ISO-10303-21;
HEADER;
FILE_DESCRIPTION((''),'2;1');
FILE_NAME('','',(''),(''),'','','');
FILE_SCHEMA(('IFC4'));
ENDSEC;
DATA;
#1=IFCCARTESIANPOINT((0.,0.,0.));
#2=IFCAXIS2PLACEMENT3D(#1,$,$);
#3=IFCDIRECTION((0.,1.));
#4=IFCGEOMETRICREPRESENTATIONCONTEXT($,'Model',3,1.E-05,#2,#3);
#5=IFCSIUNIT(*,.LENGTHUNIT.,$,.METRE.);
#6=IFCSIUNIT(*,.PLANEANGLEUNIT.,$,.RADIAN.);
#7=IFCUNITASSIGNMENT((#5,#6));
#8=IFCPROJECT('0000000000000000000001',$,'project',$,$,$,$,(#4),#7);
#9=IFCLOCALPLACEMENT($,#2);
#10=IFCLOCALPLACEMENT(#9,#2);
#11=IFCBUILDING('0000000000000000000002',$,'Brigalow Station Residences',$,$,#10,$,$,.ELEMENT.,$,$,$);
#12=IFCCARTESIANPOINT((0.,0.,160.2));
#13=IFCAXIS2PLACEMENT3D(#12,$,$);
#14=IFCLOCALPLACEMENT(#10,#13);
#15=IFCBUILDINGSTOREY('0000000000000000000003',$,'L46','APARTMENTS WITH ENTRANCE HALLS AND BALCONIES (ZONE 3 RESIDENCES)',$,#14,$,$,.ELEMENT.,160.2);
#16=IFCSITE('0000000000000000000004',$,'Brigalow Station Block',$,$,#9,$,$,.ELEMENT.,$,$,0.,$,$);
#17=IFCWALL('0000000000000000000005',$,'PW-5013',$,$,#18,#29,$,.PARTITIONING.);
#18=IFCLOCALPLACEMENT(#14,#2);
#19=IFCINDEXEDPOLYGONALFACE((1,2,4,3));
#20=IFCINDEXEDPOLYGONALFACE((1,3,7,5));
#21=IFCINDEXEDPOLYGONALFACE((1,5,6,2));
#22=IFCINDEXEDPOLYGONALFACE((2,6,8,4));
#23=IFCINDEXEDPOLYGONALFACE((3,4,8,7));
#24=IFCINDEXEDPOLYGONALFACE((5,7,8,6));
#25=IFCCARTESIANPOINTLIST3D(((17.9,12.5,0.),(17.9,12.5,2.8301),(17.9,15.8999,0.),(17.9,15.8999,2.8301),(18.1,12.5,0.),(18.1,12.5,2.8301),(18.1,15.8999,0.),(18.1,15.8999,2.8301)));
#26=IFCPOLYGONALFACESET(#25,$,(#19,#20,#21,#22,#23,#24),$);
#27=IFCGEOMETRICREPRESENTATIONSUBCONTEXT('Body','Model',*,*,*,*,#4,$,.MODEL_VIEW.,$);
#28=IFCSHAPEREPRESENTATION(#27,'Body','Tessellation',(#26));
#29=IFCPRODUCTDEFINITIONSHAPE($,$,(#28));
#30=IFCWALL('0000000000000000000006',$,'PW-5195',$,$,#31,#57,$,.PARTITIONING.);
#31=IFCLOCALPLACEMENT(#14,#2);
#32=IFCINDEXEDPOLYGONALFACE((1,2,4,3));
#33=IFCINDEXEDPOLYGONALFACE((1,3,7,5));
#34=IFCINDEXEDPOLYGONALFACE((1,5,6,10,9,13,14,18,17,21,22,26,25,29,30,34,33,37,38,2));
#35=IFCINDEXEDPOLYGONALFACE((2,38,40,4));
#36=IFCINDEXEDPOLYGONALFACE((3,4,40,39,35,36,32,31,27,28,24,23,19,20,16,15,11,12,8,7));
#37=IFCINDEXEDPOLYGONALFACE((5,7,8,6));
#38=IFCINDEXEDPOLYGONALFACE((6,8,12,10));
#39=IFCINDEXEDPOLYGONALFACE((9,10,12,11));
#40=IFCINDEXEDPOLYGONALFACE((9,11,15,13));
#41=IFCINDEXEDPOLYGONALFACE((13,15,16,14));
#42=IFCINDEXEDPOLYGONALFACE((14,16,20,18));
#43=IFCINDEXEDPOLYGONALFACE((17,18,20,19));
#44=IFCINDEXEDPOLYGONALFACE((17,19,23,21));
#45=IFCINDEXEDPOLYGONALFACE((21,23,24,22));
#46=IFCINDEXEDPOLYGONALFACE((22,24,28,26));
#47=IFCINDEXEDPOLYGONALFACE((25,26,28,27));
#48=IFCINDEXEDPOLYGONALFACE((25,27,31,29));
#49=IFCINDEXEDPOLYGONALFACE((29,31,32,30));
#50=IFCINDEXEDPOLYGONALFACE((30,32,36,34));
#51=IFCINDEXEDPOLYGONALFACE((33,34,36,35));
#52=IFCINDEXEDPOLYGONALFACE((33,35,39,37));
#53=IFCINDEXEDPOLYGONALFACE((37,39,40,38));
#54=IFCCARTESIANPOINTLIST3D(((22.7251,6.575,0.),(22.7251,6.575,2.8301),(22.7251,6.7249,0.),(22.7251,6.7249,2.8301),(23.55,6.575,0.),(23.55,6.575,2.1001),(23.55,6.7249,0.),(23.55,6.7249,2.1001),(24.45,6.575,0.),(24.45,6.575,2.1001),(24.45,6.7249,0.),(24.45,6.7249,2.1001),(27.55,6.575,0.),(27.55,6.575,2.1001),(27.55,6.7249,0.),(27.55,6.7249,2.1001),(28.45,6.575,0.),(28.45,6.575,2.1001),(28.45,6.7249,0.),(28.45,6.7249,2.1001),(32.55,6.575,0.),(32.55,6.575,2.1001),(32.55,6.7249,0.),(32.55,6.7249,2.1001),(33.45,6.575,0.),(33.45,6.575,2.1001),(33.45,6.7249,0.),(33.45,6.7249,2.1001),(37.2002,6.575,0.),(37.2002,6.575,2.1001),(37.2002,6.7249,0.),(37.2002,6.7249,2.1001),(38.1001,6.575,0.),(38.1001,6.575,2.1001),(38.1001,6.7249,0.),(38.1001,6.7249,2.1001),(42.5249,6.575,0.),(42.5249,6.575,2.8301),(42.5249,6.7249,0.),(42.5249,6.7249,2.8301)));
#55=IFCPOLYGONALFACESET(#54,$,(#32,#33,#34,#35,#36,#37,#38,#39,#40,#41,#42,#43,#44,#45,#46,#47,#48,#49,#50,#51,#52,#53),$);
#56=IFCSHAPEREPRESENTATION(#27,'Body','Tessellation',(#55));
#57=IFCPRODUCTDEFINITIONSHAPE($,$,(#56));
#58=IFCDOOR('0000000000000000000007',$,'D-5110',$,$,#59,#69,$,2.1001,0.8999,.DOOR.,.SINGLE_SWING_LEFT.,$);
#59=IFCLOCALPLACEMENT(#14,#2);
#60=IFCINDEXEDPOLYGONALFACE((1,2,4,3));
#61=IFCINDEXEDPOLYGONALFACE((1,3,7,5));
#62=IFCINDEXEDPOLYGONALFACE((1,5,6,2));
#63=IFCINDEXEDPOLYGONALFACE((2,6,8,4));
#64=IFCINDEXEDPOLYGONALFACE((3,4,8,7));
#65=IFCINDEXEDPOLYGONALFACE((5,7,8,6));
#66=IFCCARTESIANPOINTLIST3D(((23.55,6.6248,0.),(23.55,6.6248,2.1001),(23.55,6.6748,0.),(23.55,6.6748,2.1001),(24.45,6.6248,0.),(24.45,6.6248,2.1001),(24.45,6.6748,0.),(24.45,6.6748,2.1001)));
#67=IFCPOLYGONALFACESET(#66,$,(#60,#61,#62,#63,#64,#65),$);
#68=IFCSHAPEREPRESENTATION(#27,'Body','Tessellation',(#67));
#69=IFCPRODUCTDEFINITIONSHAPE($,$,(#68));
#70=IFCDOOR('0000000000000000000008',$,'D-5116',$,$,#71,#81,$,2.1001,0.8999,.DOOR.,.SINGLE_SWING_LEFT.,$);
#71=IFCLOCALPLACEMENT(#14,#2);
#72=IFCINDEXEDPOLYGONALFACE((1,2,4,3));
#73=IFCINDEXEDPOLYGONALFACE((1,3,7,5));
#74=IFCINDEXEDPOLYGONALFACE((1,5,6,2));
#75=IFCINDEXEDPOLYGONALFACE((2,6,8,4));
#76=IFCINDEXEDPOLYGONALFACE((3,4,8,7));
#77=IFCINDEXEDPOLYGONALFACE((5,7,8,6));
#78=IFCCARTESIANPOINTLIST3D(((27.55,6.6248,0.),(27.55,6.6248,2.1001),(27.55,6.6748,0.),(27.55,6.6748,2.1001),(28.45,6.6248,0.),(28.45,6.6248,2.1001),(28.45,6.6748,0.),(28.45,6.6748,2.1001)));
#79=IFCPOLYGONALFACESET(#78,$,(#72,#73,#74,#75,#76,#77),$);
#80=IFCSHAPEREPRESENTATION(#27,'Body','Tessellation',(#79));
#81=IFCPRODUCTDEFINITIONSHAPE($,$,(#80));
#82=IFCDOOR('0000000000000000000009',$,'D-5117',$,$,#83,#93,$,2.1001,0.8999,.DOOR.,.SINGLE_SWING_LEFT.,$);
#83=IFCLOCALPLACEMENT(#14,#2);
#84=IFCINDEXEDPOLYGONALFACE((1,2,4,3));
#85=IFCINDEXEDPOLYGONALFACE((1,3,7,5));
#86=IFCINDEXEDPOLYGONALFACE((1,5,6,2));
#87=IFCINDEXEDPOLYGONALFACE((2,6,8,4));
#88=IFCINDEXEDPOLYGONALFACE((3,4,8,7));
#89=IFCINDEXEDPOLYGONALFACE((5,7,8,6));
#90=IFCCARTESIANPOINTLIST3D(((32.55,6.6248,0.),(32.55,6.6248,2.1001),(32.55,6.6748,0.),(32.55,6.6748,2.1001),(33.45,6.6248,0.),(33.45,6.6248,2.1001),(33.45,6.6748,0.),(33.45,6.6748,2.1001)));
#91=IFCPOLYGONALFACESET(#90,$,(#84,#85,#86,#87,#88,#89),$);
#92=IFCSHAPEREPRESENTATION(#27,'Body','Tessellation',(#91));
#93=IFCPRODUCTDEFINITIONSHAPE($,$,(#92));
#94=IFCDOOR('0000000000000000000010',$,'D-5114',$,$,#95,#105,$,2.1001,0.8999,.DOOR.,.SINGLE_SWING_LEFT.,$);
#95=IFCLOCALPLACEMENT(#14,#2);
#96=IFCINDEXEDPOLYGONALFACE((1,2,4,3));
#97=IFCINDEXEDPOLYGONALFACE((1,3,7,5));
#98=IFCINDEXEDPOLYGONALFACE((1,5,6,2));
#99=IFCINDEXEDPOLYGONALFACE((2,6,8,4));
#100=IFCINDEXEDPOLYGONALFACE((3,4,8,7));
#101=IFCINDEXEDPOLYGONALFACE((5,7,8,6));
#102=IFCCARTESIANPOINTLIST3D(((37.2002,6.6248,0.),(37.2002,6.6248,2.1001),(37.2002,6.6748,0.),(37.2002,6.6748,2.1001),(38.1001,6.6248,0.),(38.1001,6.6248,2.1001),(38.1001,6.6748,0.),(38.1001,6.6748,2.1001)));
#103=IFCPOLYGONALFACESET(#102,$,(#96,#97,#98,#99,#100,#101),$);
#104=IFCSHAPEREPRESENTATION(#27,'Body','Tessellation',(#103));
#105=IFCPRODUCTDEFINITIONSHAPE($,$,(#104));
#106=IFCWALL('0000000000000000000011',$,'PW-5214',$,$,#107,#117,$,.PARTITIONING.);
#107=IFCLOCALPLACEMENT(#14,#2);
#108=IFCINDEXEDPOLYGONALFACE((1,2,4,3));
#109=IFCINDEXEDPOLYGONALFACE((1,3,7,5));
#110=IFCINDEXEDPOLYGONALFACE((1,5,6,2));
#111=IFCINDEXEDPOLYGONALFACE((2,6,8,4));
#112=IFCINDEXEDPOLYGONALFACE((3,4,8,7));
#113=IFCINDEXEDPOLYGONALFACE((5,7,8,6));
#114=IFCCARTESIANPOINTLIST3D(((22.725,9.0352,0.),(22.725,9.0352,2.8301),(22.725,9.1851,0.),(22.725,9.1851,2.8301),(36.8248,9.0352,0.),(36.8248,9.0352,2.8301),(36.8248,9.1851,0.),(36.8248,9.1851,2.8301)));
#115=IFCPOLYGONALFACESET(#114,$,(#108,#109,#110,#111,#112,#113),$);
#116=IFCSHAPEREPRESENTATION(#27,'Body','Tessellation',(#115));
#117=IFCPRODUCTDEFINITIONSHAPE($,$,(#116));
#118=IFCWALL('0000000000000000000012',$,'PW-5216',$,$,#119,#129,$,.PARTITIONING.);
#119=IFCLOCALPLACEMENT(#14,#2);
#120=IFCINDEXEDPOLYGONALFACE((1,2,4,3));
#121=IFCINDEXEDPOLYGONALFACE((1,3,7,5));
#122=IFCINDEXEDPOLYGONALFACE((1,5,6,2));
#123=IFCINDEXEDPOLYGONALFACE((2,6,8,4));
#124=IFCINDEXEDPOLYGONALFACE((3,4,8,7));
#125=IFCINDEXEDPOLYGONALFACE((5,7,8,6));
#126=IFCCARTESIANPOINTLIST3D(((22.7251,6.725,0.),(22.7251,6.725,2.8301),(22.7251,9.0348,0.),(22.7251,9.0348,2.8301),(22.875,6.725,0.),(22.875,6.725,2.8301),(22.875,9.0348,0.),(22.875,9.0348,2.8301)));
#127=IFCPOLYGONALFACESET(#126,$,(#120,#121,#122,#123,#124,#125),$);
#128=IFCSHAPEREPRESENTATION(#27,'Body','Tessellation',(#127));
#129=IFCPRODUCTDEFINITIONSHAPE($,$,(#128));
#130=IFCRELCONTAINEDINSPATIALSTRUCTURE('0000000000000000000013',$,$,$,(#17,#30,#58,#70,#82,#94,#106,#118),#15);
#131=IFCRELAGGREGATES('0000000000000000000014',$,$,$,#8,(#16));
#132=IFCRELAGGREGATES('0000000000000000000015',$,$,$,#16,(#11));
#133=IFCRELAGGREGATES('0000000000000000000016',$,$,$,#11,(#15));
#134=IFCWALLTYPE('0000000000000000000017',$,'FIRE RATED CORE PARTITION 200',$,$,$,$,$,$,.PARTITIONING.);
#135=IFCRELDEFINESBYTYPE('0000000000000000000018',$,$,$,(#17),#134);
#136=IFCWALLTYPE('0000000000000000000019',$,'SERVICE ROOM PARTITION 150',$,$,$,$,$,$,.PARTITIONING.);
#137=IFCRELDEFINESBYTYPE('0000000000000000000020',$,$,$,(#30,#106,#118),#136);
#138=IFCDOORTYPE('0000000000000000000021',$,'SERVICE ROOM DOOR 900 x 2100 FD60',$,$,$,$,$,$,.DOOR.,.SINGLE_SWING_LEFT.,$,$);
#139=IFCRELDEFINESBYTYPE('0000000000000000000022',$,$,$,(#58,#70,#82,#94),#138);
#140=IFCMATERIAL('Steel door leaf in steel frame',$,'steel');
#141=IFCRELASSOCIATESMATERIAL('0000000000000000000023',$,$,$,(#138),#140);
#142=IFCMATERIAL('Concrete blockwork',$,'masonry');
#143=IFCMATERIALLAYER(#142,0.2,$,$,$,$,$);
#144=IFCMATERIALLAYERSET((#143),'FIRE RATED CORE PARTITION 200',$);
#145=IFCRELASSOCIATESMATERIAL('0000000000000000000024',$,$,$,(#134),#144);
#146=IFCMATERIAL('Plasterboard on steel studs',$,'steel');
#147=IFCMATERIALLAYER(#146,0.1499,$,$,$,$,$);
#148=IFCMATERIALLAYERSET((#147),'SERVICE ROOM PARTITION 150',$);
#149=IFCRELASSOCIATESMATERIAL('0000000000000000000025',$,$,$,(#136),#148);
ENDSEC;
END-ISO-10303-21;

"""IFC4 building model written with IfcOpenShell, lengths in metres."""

from ifc_helpers import new_model, si_unit, direction, frame, frame_2d, origin, place, context, subcontext, project, spatial, rectangle, extrude, material, layer, layer_set, type_object, element, fill, save


model = new_model("IFC4")

# Units and contexts
model_context = context("Model", 3, precision=1e-05, world=origin(), true_north=direction((0.0, 1.0)))
body_context = subcontext(model_context, "Body", "Model", "MODEL_VIEW")
ifc_project = project(units=[si_unit("LENGTHUNIT", "METRE"), si_unit("PLANEANGLEUNIT", "RADIAN")], contexts=[model_context])

# Site, building, storey
site_placement = place(None, origin())
site = spatial("IfcSite", under=ifc_project, at=site_placement, Name="Brigalow Station Block", CompositionType="ELEMENT", RefElevation=0.0)
building_placement = place(site_placement, origin())
building = spatial("IfcBuilding", under=site, at=building_placement, Name="Brigalow Station Residences", CompositionType="ELEMENT")
storey_placement = place(building_placement, frame((0.0, 0.0, 160.2)))
storey = spatial("IfcBuildingStorey", under=building, at=storey_placement, Name="L46", Description="APARTMENTS WITH ENTRANCE HALLS AND BALCONIES (ZONE 3 RESIDENCES)", CompositionType="ELEMENT", Elevation=160.2)

# Shared definitions
ifc_material_1 = material(Name="Steel door leaf in steel frame", Category="steel")
door_type_1 = type_object("IfcDoorType", Name="SERVICE ROOM DOOR 900 x 2100 FD60", OperationType="SINGLE_SWING_LEFT", PredefinedType="DOOR", material=ifc_material_1)

# Wall
ifc_material_2 = material(Name="Concrete blockwork", Category="masonry")
ifc_layer_1 = layer(ifc_material_2, 0.2)
ifc_layer_set_1 = layer_set([ifc_layer_1], Name="FIRE RATED CORE PARTITION 200")
wall_type_1 = type_object("IfcWallType", Name="FIRE RATED CORE PARTITION 200", PredefinedType="PARTITIONING", material=ifc_layer_set_1)
wall_1_placement = place(storey_placement, frame((18.0, 12.5, 0.0), z_axis=(0.0, 0.0, 1.0), x_axis=(0.0, 1.0, 0.0)))
element("IfcWall", 1, at=wall_1_placement, inside=storey, type_object=wall_type_1, Name="PW-5013", PredefinedType="PARTITIONING", context=body_context, shape_type="SweptSolid", body=[
    extrude(rectangle(XDim=3.3999, YDim=0.2, at=frame_2d((1.7, 0.0))), origin(), (0.0, 0.0, 1.0), 2.8301),
])

# Wall, openings, doors
ifc_material_3 = material(Name="Plasterboard on steel studs", Category="steel")
ifc_layer_2 = layer(ifc_material_3, 0.1499)
ifc_layer_set_2 = layer_set([ifc_layer_2], Name="SERVICE ROOM PARTITION 150")
wall_type_2 = type_object("IfcWallType", Name="SERVICE ROOM PARTITION 150", PredefinedType="PARTITIONING", material=ifc_layer_set_2)
wall_2_placement = place(storey_placement, frame((22.7251, 6.6499, 0.0), z_axis=(0.0, 0.0, 1.0), x_axis=(1.0, 0.0, 0.0)))
wall_2 = element("IfcWall", 2, at=wall_2_placement, inside=storey, type_object=wall_type_2, Name="PW-5195", PredefinedType="PARTITIONING", context=body_context, shape_type="SweptSolid", body=[
    extrude(rectangle(XDim=19.7998, YDim=0.1499, at=frame_2d((9.8999, 0.0))), origin(), (0.0, 0.0, 1.0), 2.8301),
])
opening_1_placement = place(wall_2_placement, frame((0.825, 0.0, 0.0)))
opening_1 = element("IfcOpeningElement", 3, at=opening_1_placement, cuts=wall_2, PredefinedType="OPENING", context=body_context, shape_type="SweptSolid", body=[
    extrude(rectangle(XDim=0.8999, YDim=2.1001, at=frame_2d((0.45, 1.05))), frame((0.0, 0.085, 0.0), z_axis=(0.0, -1.0, 0.0), x_axis=(1.0, 0.0, 0.0)), (0.0, 0.0, 1.0), 0.1699),
])
opening_2_placement = place(wall_2_placement, frame((4.825, 0.0, 0.0)))
opening_2 = element("IfcOpeningElement", 4, at=opening_2_placement, cuts=wall_2, PredefinedType="OPENING", context=body_context, shape_type="SweptSolid", body=[
    extrude(rectangle(XDim=0.8999, YDim=2.1001, at=frame_2d((0.45, 1.05))), frame((0.0, 0.085, 0.0), z_axis=(0.0, -1.0, 0.0), x_axis=(1.0, 0.0, 0.0)), (0.0, 0.0, 1.0), 0.1699),
])
opening_3_placement = place(wall_2_placement, frame((9.825, 0.0, 0.0)))
opening_3 = element("IfcOpeningElement", 5, at=opening_3_placement, cuts=wall_2, PredefinedType="OPENING", context=body_context, shape_type="SweptSolid", body=[
    extrude(rectangle(XDim=0.8999, YDim=2.1001, at=frame_2d((0.45, 1.05))), frame((0.0, 0.085, 0.0), z_axis=(0.0, -1.0, 0.0), x_axis=(1.0, 0.0, 0.0)), (0.0, 0.0, 1.0), 0.1699),
])
opening_4_placement = place(wall_2_placement, frame((14.4751, 0.0, 0.0)))
opening_4 = element("IfcOpeningElement", 6, at=opening_4_placement, cuts=wall_2, PredefinedType="OPENING", context=body_context, shape_type="SweptSolid", body=[
    extrude(rectangle(XDim=0.8999, YDim=2.1001, at=frame_2d((0.45, 1.05))), frame((0.0, 0.085, 0.0), z_axis=(0.0, -1.0, 0.0), x_axis=(1.0, 0.0, 0.0)), (0.0, 0.0, 1.0), 0.1699),
])
door_1_placement = place(opening_1_placement, origin())
door_1 = element("IfcDoor", 7, at=door_1_placement, inside=storey, type_object=door_type_1, Name="D-5110", OperationType="SINGLE_SWING_LEFT", OverallHeight=2.1001, OverallWidth=0.8999, PredefinedType="DOOR", context=body_context, shape_type="SweptSolid", body=[
    extrude(rectangle(XDim=0.8999, YDim=2.1001, at=frame_2d((0.45, 1.05))), frame((0.0, 0.0249, 0.0), z_axis=(0.0, -1.0, 0.0), x_axis=(1.0, 0.0, 0.0)), (0.0, 0.0, 1.0), 0.05),
])
fill(opening_1, door_1)
door_2_placement = place(opening_2_placement, origin())
door_2 = element("IfcDoor", 8, at=door_2_placement, inside=storey, type_object=door_type_1, Name="D-5116", OperationType="SINGLE_SWING_LEFT", OverallHeight=2.1001, OverallWidth=0.8999, PredefinedType="DOOR", context=body_context, shape_type="SweptSolid", body=[
    extrude(rectangle(XDim=0.8999, YDim=2.1001, at=frame_2d((0.45, 1.05))), frame((0.0, 0.0249, 0.0), z_axis=(0.0, -1.0, 0.0), x_axis=(1.0, 0.0, 0.0)), (0.0, 0.0, 1.0), 0.05),
])
fill(opening_2, door_2)
door_3_placement = place(opening_3_placement, origin())
door_3 = element("IfcDoor", 9, at=door_3_placement, inside=storey, type_object=door_type_1, Name="D-5117", OperationType="SINGLE_SWING_LEFT", OverallHeight=2.1001, OverallWidth=0.8999, PredefinedType="DOOR", context=body_context, shape_type="SweptSolid", body=[
    extrude(rectangle(XDim=0.8999, YDim=2.1001, at=frame_2d((0.45, 1.05))), frame((0.0, 0.0249, 0.0), z_axis=(0.0, -1.0, 0.0), x_axis=(1.0, 0.0, 0.0)), (0.0, 0.0, 1.0), 0.05),
])
fill(opening_3, door_3)
door_4_placement = place(opening_4_placement, origin())
door_4 = element("IfcDoor", 10, at=door_4_placement, inside=storey, type_object=door_type_1, Name="D-5114", OperationType="SINGLE_SWING_LEFT", OverallHeight=2.1001, OverallWidth=0.8999, PredefinedType="DOOR", context=body_context, shape_type="SweptSolid", body=[
    extrude(rectangle(XDim=0.8999, YDim=2.1001, at=frame_2d((0.45, 1.05))), frame((0.0, 0.0249, 0.0), z_axis=(0.0, -1.0, 0.0), x_axis=(1.0, 0.0, 0.0)), (0.0, 0.0, 1.0), 0.05),
])
fill(opening_4, door_4)

# Walls
wall_3_placement = place(storey_placement, frame((22.7251, 9.1101, 0.0), z_axis=(0.0, 0.0, 1.0), x_axis=(1.0, 0.0, 0.0)))
element("IfcWall", 11, at=wall_3_placement, inside=storey, type_object=wall_type_2, Name="PW-5214", PredefinedType="PARTITIONING", context=body_context, shape_type="SweptSolid", body=[
    extrude(rectangle(XDim=14.0999, YDim=0.1499, at=frame_2d((7.0498, 0.0))), origin(), (0.0, 0.0, 1.0), 2.8301),
])
wall_4_placement = place(storey_placement, frame((22.8, 6.7251, 0.0), z_axis=(0.0, 0.0, 1.0), x_axis=(0.0, 1.0, 0.0)))
element("IfcWall", 12, at=wall_4_placement, inside=storey, type_object=wall_type_2, Name="PW-5216", PredefinedType="PARTITIONING", context=body_context, shape_type="SweptSolid", body=[
    extrude(rectangle(XDim=2.3098, YDim=0.1499, at=frame_2d((1.1548, 0.0))), origin(), (0.0, 0.0, 1.0), 2.8301),
])

save(model, "model.ifc")
